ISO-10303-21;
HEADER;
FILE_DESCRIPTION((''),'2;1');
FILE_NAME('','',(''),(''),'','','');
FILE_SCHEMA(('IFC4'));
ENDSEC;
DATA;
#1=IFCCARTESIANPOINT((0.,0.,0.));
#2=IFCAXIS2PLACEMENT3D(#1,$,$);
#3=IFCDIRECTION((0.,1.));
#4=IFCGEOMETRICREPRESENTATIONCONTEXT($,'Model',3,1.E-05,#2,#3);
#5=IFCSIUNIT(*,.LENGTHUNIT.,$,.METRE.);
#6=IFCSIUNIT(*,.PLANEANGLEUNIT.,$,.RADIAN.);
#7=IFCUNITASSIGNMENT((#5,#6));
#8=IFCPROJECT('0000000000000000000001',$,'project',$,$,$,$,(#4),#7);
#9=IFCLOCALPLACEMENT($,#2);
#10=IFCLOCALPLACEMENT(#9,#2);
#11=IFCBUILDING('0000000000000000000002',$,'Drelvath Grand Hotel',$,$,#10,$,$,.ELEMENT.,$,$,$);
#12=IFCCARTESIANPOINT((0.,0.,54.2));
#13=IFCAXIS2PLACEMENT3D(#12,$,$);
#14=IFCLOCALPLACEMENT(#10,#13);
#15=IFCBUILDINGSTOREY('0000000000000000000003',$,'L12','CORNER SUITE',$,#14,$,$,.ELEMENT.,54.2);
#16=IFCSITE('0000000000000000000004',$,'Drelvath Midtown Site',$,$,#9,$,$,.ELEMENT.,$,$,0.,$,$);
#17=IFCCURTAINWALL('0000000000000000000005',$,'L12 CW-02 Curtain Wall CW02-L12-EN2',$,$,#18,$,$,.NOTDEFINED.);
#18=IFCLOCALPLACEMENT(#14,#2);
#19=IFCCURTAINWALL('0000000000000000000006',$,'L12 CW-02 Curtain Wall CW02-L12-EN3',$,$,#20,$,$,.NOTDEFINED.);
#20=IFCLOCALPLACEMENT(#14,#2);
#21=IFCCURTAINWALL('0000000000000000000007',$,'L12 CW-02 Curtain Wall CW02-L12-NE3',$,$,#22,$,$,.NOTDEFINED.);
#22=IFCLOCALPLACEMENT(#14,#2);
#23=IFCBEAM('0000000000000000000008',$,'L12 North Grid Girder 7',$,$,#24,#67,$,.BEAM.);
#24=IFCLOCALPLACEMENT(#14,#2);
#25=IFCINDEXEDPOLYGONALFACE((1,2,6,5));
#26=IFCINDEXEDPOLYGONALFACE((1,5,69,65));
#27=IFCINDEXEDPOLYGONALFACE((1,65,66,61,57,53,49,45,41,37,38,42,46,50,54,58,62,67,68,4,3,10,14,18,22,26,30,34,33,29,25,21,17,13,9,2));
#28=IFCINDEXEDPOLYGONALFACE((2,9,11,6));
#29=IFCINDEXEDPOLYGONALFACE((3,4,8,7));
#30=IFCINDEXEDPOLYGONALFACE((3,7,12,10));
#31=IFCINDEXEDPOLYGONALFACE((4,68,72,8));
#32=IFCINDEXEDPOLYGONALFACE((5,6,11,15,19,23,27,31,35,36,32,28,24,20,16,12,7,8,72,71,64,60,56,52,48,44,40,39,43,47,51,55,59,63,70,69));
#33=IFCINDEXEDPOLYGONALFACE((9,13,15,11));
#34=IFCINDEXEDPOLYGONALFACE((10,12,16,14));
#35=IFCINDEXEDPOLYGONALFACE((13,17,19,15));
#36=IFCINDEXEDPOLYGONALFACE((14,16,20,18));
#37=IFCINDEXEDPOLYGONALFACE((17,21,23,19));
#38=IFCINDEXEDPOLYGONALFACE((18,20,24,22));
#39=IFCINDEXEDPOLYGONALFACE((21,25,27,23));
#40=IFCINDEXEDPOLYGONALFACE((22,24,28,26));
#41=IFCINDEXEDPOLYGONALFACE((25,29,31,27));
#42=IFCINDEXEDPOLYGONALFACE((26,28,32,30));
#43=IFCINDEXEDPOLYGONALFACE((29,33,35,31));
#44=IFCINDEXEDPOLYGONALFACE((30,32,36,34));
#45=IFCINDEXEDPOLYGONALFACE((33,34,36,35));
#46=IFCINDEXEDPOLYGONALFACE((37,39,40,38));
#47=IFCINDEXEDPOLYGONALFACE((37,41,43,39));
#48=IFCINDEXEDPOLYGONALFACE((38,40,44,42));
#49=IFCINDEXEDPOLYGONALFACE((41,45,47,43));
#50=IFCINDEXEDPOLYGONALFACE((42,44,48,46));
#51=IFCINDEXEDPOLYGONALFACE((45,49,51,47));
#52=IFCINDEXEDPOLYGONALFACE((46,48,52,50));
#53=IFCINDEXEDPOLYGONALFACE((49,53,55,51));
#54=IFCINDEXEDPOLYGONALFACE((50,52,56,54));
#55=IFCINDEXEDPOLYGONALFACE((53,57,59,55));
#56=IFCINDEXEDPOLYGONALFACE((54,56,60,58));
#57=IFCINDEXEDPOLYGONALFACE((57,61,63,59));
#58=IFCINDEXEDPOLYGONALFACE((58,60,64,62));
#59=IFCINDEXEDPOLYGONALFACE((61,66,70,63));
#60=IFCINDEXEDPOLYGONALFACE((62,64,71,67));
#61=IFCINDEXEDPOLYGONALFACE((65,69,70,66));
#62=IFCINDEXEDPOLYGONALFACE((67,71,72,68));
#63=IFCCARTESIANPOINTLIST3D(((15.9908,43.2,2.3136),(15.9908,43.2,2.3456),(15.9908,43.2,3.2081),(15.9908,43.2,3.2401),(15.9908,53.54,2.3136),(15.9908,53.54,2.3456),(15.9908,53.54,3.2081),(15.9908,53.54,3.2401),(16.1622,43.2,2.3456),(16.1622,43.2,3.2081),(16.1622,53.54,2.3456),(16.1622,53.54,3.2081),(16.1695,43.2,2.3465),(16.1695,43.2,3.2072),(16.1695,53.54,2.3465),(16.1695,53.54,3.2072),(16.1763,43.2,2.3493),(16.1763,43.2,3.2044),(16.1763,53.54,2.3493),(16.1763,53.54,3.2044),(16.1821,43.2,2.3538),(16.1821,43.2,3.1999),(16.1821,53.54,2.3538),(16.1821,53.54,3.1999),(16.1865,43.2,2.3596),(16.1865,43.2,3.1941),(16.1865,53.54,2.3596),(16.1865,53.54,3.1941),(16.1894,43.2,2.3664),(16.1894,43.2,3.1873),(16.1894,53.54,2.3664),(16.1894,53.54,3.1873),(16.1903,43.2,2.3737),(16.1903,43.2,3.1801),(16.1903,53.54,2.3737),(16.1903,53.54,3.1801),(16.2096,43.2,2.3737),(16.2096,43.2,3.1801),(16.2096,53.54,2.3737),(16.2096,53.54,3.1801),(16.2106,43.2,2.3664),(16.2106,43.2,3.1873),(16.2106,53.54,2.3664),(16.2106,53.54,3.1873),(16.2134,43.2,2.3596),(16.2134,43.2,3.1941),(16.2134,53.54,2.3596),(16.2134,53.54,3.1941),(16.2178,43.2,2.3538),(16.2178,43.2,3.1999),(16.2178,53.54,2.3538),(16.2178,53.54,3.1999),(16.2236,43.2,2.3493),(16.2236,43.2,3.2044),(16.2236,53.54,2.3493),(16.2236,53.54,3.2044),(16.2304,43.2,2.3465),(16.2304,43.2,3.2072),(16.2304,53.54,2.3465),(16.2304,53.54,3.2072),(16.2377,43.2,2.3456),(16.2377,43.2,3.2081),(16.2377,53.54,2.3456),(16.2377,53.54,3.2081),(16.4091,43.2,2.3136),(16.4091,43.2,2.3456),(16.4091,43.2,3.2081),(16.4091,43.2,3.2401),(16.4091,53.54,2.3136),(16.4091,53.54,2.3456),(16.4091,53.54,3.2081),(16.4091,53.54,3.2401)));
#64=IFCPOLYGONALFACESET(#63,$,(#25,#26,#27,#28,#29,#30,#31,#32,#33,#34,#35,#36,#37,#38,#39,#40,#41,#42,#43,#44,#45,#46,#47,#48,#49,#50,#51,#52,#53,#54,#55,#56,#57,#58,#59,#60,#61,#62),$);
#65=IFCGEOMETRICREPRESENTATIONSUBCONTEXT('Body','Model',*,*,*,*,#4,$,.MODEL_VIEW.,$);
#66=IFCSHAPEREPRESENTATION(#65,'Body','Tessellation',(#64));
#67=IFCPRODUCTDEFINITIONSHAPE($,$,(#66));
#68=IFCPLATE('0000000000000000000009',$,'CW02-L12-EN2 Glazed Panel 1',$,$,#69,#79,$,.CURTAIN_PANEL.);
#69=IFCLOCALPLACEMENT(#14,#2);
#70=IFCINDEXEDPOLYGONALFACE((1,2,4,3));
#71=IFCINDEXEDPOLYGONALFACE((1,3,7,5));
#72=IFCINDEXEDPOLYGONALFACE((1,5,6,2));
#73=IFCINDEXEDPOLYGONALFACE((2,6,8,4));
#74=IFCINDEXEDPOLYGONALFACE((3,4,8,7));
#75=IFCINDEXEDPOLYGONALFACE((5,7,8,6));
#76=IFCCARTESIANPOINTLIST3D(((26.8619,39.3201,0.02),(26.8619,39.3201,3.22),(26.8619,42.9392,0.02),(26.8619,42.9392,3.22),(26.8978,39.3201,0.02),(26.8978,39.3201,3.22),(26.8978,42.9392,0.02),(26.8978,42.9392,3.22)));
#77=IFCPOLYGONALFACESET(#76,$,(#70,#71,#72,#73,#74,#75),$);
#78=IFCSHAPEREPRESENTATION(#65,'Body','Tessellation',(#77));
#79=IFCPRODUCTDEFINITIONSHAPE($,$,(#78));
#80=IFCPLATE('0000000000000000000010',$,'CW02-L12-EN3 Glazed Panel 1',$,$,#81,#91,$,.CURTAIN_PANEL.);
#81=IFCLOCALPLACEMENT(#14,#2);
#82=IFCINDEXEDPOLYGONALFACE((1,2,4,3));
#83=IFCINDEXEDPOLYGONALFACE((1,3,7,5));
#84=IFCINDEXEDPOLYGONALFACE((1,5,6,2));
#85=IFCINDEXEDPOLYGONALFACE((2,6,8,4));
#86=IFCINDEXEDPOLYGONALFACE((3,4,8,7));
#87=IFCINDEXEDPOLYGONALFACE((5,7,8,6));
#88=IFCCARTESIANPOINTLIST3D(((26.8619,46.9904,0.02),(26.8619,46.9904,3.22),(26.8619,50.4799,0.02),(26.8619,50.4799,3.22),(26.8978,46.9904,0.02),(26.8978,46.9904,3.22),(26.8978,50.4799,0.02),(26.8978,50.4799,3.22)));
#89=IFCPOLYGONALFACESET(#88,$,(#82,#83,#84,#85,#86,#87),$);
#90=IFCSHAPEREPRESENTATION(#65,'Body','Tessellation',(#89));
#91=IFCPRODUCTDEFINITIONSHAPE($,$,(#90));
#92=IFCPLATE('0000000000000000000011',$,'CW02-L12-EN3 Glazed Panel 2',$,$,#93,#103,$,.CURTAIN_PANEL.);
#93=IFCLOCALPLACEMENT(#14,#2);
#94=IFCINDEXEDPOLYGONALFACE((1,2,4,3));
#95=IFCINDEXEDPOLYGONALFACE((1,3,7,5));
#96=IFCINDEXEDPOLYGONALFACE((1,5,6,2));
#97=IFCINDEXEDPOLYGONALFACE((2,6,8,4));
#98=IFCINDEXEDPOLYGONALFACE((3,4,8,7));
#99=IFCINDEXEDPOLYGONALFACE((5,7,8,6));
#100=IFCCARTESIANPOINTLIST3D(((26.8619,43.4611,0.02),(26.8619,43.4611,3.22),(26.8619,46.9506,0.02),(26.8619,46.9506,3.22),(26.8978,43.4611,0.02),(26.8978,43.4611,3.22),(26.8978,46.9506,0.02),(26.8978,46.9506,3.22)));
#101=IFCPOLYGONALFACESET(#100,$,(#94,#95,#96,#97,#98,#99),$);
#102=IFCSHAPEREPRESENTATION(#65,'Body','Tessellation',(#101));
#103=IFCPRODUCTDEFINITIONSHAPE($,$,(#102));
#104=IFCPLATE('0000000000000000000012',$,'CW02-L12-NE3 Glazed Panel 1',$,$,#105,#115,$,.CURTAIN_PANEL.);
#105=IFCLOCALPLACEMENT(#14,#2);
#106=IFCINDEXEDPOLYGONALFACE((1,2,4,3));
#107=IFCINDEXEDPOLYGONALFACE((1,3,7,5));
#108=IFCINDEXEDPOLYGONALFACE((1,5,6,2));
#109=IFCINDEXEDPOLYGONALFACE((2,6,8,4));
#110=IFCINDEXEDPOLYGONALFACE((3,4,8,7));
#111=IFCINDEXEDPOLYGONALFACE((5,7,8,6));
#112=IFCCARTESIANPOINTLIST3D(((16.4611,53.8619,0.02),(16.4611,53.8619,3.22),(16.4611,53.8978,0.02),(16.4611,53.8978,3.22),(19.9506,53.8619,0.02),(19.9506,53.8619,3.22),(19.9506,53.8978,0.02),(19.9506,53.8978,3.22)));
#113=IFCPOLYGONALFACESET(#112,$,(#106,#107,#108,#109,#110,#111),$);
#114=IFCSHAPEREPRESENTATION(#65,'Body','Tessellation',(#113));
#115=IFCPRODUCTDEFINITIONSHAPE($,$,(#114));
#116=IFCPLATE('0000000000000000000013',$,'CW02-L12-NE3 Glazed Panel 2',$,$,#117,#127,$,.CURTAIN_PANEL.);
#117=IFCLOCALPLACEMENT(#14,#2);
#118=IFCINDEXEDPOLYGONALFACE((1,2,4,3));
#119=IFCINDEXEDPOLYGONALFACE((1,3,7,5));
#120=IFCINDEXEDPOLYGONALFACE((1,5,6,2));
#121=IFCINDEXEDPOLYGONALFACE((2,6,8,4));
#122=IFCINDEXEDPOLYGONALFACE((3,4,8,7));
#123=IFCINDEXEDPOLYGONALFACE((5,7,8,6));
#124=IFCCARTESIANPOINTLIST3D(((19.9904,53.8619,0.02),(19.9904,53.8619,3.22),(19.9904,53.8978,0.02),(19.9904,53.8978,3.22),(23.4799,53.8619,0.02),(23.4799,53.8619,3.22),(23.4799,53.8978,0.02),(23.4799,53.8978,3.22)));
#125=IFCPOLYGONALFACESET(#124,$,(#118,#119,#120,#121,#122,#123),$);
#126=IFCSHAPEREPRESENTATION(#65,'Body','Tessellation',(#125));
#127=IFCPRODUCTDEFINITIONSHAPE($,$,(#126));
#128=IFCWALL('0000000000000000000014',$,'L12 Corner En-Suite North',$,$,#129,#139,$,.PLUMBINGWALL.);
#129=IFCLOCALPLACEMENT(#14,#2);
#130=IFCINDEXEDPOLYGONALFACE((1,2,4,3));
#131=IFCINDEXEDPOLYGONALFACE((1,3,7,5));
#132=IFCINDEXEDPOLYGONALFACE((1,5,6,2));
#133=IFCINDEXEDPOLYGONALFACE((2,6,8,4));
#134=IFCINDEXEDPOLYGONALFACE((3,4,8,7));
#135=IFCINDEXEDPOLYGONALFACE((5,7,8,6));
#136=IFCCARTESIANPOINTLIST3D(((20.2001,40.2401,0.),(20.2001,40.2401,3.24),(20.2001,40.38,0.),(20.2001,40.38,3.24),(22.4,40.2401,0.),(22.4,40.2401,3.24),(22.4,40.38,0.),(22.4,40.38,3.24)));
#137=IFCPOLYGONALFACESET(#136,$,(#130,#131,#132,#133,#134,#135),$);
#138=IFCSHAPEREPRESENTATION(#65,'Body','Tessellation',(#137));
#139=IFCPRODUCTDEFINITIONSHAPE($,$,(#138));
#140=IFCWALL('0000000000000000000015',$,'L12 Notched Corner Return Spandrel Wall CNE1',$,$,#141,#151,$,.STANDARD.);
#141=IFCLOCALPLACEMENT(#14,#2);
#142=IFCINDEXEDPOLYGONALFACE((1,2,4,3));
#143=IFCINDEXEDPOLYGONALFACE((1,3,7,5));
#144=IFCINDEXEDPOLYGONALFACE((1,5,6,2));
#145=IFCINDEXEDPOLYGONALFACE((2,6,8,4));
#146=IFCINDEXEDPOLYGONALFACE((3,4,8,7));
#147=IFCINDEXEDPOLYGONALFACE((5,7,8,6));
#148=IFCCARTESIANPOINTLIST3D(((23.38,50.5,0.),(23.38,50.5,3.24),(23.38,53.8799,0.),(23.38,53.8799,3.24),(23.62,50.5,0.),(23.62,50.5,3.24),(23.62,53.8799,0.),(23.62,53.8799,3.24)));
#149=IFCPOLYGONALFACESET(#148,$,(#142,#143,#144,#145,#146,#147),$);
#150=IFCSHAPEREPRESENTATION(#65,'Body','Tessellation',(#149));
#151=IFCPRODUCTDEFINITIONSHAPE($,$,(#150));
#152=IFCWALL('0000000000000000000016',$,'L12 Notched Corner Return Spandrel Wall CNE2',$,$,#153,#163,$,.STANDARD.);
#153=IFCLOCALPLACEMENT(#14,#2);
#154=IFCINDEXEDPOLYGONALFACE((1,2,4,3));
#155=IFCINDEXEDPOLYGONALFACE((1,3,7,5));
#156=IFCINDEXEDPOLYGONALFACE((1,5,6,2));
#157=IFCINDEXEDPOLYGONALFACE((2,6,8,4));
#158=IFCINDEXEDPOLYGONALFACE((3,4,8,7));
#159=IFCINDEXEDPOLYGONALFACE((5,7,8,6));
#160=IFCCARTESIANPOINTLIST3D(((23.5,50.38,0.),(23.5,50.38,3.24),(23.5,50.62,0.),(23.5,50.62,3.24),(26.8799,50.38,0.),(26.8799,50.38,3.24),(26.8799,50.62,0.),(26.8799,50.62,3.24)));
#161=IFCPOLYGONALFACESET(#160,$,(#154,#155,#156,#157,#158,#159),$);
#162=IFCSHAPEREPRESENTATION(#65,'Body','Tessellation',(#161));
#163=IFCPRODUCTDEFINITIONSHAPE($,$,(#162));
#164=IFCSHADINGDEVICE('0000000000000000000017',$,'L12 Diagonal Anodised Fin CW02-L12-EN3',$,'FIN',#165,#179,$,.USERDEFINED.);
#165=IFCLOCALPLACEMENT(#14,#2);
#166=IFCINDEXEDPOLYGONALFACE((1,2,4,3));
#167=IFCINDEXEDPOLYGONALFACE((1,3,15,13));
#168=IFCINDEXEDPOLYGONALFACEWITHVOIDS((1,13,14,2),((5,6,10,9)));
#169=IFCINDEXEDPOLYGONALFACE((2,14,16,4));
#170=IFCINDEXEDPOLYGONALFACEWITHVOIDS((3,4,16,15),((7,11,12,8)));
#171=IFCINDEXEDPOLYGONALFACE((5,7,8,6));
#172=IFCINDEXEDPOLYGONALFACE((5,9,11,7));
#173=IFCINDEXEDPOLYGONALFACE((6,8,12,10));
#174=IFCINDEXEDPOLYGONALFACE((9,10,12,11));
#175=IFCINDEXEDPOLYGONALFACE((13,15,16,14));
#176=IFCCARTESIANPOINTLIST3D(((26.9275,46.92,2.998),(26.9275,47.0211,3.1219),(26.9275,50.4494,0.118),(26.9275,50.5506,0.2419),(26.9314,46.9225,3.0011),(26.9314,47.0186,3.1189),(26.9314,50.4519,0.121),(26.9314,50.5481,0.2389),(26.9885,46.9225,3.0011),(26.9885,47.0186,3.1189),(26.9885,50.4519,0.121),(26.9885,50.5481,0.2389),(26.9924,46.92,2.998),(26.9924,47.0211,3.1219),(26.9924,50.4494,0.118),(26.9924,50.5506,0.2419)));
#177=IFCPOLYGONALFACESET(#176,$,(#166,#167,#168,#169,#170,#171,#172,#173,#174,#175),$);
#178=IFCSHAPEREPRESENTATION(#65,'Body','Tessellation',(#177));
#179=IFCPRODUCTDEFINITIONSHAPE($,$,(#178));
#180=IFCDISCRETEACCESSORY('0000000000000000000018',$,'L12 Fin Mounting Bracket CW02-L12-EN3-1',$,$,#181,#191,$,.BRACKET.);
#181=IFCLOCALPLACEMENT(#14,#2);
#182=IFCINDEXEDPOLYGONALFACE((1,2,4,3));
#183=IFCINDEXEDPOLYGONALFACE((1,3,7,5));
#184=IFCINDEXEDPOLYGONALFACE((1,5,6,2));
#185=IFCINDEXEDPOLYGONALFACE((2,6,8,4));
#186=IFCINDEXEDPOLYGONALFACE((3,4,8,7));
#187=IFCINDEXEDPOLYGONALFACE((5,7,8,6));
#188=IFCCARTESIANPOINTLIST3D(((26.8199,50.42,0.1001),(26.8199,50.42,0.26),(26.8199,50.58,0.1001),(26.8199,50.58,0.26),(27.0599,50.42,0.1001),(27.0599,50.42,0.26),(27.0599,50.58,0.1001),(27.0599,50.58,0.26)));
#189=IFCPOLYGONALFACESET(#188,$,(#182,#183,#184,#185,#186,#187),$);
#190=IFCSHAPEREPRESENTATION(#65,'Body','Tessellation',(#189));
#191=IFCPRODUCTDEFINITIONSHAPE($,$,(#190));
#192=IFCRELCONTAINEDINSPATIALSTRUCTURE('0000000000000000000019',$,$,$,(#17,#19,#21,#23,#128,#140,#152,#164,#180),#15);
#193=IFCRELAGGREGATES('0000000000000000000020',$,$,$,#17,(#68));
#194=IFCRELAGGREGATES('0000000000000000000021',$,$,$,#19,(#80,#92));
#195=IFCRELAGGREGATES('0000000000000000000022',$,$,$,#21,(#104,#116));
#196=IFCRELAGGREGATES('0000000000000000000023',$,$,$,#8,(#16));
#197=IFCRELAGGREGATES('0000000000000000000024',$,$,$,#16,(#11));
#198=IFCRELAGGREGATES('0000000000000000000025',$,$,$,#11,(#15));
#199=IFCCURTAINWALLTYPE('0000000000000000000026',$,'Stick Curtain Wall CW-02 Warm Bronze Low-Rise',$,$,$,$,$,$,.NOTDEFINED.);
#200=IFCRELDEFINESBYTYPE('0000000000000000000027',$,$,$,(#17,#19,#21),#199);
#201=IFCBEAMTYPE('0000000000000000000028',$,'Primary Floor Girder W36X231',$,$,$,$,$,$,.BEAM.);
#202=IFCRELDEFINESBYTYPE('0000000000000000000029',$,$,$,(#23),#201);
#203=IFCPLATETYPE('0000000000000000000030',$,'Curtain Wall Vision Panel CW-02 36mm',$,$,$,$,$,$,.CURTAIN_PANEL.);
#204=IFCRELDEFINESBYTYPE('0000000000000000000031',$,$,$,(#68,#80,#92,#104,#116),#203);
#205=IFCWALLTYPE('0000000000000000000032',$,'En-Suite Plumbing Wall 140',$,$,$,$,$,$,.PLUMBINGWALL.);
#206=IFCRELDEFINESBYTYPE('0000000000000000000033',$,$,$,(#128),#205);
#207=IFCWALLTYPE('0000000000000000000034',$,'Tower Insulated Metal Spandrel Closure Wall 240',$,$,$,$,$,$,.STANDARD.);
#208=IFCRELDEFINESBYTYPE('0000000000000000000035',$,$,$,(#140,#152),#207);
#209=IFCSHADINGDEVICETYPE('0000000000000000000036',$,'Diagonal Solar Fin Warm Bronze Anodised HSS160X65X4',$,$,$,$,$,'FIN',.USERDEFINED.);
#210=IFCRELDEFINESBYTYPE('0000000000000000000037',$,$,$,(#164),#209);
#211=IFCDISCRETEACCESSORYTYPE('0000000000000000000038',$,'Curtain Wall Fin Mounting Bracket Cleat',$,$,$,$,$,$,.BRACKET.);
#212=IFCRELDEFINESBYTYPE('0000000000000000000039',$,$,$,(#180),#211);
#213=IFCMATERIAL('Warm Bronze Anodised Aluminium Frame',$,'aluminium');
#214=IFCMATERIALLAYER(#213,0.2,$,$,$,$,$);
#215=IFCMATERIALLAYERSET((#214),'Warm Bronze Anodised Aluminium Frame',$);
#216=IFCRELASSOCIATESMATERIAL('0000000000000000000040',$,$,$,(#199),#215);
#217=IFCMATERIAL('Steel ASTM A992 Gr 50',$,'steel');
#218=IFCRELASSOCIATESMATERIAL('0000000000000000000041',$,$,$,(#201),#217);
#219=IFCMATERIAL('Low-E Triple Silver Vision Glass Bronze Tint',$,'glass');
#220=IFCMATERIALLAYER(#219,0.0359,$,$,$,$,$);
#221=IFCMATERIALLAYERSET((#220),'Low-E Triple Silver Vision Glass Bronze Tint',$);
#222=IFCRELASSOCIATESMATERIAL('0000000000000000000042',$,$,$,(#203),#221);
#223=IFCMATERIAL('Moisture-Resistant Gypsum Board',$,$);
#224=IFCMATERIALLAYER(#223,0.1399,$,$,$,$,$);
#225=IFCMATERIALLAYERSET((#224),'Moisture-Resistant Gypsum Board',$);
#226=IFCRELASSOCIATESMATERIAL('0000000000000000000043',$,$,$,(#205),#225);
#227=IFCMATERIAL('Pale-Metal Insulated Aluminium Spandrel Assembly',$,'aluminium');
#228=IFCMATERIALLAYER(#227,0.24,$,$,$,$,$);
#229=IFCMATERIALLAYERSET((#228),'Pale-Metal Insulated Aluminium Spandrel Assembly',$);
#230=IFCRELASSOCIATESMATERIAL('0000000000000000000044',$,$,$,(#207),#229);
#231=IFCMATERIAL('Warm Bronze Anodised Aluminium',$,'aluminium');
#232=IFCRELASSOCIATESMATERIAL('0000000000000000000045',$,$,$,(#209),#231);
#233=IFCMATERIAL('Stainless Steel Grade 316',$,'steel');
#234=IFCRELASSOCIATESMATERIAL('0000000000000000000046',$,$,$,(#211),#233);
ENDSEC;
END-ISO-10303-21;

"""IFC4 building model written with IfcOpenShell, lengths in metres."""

from ifc_helpers import new_model, si_unit, direction, frame, frame_2d, origin, origin_2d, place, context, subcontext, project, spatial, rectangle, hollow_rectangle, i_section, extrude, material, layer, layer_set, material_profile, profile_set, type_object, element, aggregate, save


model = new_model("IFC4")

# Units and contexts
model_context = context("Model", 3, precision=1e-05, world=origin(), true_north=direction((0.0, 1.0)))
body_context = subcontext(model_context, "Body", "Model", "MODEL_VIEW")
ifc_project = project(units=[si_unit("LENGTHUNIT", "METRE"), si_unit("PLANEANGLEUNIT", "RADIAN")], contexts=[model_context])

# Site, building, storey
site_placement = place(None, origin())
site = spatial("IfcSite", under=ifc_project, at=site_placement, Name="Drelvath Midtown Site", CompositionType="ELEMENT", RefElevation=0.0)
building_placement = place(site_placement, origin())
building = spatial("IfcBuilding", under=site, at=building_placement, Name="Drelvath Grand Hotel", CompositionType="ELEMENT")
storey_placement = place(building_placement, frame((0.0, 0.0, 54.2)))
storey = spatial("IfcBuildingStorey", under=building, at=storey_placement, Name="L12", Description="CORNER SUITE", CompositionType="ELEMENT", Elevation=54.2)

# Curtain walls
ifc_material_1 = material(Name="Warm Bronze Anodised Aluminium Frame", Category="aluminium")
ifc_layer_1 = layer(ifc_material_1, 0.2)
ifc_layer_set_1 = layer_set([ifc_layer_1], Name="Warm Bronze Anodised Aluminium Frame")
curtain_wall_type = type_object("IfcCurtainWallType", Name="Stick Curtain Wall CW-02 Warm Bronze Low-Rise", PredefinedType="NOTDEFINED", material=ifc_layer_set_1)
curtain_wall_1_placement = place(storey_placement, origin())
curtain_wall_1 = element("IfcCurtainWall", 1, at=curtain_wall_1_placement, inside=storey, type_object=curtain_wall_type, Name="L12 CW-02 Curtain Wall CW02-L12-EN2", PredefinedType="NOTDEFINED")
curtain_wall_2_placement = place(storey_placement, origin())
curtain_wall_2 = element("IfcCurtainWall", 2, at=curtain_wall_2_placement, inside=storey, type_object=curtain_wall_type, Name="L12 CW-02 Curtain Wall CW02-L12-EN3", PredefinedType="NOTDEFINED")
curtain_wall_3_placement = place(storey_placement, origin())
curtain_wall_3 = element("IfcCurtainWall", 3, at=curtain_wall_3_placement, inside=storey, type_object=curtain_wall_type, Name="L12 CW-02 Curtain Wall CW02-L12-NE3", PredefinedType="NOTDEFINED")

# Beam
ifc_material_2 = material(Name="Steel ASTM A992 Gr 50", Category="steel")
ifc_material_profile_1 = material_profile(ifc_material_2, i_section(OverallWidth=0.4182, OverallDepth=0.9265, WebThickness=0.0193, FlangeThickness=0.032, FilletRadius=0.0281, at=origin_2d()), Name="W36X231")
ifc_profile_set_1 = profile_set([ifc_material_profile_1], Name="Steel ASTM A992 Gr 50")
beam_type = type_object("IfcBeamType", Name="Primary Floor Girder W36X231", PredefinedType="BEAM", material=ifc_profile_set_1)
for number, where, z_axis, x_axis, name in (
    (4, (16.2, 43.2, 2.7769), (0.0, 1.0, 0.0), (-1.0, 0.0, 0.0), "L12 North Grid Girder 7"),
):
    element("IfcBeam", number, at=place(storey_placement, frame(where, z_axis=z_axis, x_axis=x_axis)), inside=storey, type_object=beam_type, Name=name, PredefinedType="BEAM", context=body_context, shape_type="SweptSolid", body=[
        extrude(i_section(OverallWidth=0.4182, OverallDepth=0.9265, WebThickness=0.0193, FlangeThickness=0.032, FilletRadius=0.0281, at=origin_2d()), origin(), (0.0, 0.0, 1.0), 10.3401),
    ])

# Plates
ifc_material_3 = material(Name="Low-E Triple Silver Vision Glass Bronze Tint", Category="glass")
ifc_layer_2 = layer(ifc_material_3, 0.0359)
ifc_layer_set_2 = layer_set([ifc_layer_2], Name="Low-E Triple Silver Vision Glass Bronze Tint")
plate_type = type_object("IfcPlateType", Name="Curtain Wall Vision Panel CW-02 36mm", PredefinedType="CURTAIN_PANEL", material=ifc_layer_set_2)
plate_1_placement = place(storey_placement, frame((26.8799, 41.1296, 0.02), z_axis=(0.0, 0.0, 1.0), x_axis=(0.0, -1.0, 0.0)))
plate_1 = element("IfcPlate", 5, at=plate_1_placement, type_object=plate_type, Name="CW02-L12-EN2 Glazed Panel 1", PredefinedType="CURTAIN_PANEL", context=body_context, shape_type="SweptSolid", body=[
    extrude(rectangle(XDim=3.6191, YDim=0.0359, at=origin_2d()), origin(), (0.0, 0.0, 1.0), 3.2),
])
aggregate(curtain_wall_1, [plate_1])
plate_2_placement = place(storey_placement, frame((26.8799, 48.7351, 0.02), z_axis=(0.0, 0.0, 1.0), x_axis=(0.0, -1.0, 0.0)))
plate_2 = element("IfcPlate", 6, at=plate_2_placement, type_object=plate_type, Name="CW02-L12-EN3 Glazed Panel 1", PredefinedType="CURTAIN_PANEL", context=body_context, shape_type="SweptSolid", body=[
    extrude(rectangle(XDim=3.4895, YDim=0.0359, at=origin_2d()), origin(), (0.0, 0.0, 1.0), 3.2),
])
plate_3_placement = place(storey_placement, frame((26.8799, 45.2058, 0.02), z_axis=(0.0, 0.0, 1.0), x_axis=(0.0, -1.0, 0.0)))
plate_3 = element("IfcPlate", 7, at=plate_3_placement, type_object=plate_type, Name="CW02-L12-EN3 Glazed Panel 2", PredefinedType="CURTAIN_PANEL", context=body_context, shape_type="SweptSolid", body=[
    extrude(rectangle(XDim=3.4895, YDim=0.0359, at=origin_2d()), origin(), (0.0, 0.0, 1.0), 3.2),
])
aggregate(curtain_wall_2, [plate_2, plate_3])
plate_4_placement = place(storey_placement, frame((18.2058, 53.8799, 0.02), z_axis=(0.0, 0.0, 1.0), x_axis=(1.0, 0.0, 0.0)))
plate_4 = element("IfcPlate", 8, at=plate_4_placement, type_object=plate_type, Name="CW02-L12-NE3 Glazed Panel 1", PredefinedType="CURTAIN_PANEL", context=body_context, shape_type="SweptSolid", body=[
    extrude(rectangle(XDim=3.4895, YDim=0.0359, at=origin_2d()), origin(), (0.0, 0.0, 1.0), 3.2),
])
plate_5_placement = place(storey_placement, frame((21.7351, 53.8799, 0.02), z_axis=(0.0, 0.0, 1.0), x_axis=(1.0, 0.0, 0.0)))
plate_5 = element("IfcPlate", 9, at=plate_5_placement, type_object=plate_type, Name="CW02-L12-NE3 Glazed Panel 2", PredefinedType="CURTAIN_PANEL", context=body_context, shape_type="SweptSolid", body=[
    extrude(rectangle(XDim=3.4895, YDim=0.0359, at=origin_2d()), origin(), (0.0, 0.0, 1.0), 3.2),
])
aggregate(curtain_wall_3, [plate_4, plate_5])

# Walls
ifc_material_4 = material(Name="Moisture-Resistant Gypsum Board")
ifc_layer_3 = layer(ifc_material_4, 0.1399)
ifc_layer_set_3 = layer_set([ifc_layer_3], Name="Moisture-Resistant Gypsum Board")
wall_type_1 = type_object("IfcWallType", Name="En-Suite Plumbing Wall 140", PredefinedType="PLUMBINGWALL", material=ifc_layer_set_3)
wall_placement = place(storey_placement, frame((20.2, 40.3101, 0.0), z_axis=(0.0, 0.0, 1.0), x_axis=(1.0, 0.0, 0.0)))
element("IfcWall", 10, at=wall_placement, inside=storey, type_object=wall_type_1, Name="L12 Corner En-Suite North", PredefinedType="PLUMBINGWALL", context=body_context, shape_type="SweptSolid", body=[
    extrude(rectangle(XDim=2.2, YDim=0.1399, at=frame_2d((1.1001, 0.0))), origin(), (0.0, 0.0, 1.0), 3.24),
])
ifc_material_5 = material(Name="Pale-Metal Insulated Aluminium Spandrel Assembly", Category="aluminium")
ifc_layer_4 = layer(ifc_material_5, 0.24)
ifc_layer_set_4 = layer_set([ifc_layer_4], Name="Pale-Metal Insulated Aluminium Spandrel Assembly")
wall_type_2 = type_object("IfcWallType", Name="Tower Insulated Metal Spandrel Closure Wall 240", PredefinedType="STANDARD", material=ifc_layer_set_4)
for number, where, z_axis, x_axis, name in (
    (11, (23.5, 53.8799, 0.0), (0.0, 0.0, 1.0), (0.0, -1.0, 0.0), "L12 Notched Corner Return Spandrel Wall CNE1"),
    (12, (23.5, 50.5, 0.0), (0.0, 0.0, 1.0), (1.0, 0.0, 0.0), "L12 Notched Corner Return Spandrel Wall CNE2"),
):
    element("IfcWall", number, at=place(storey_placement, frame(where, z_axis=z_axis, x_axis=x_axis)), inside=storey, type_object=wall_type_2, Name=name, PredefinedType="STANDARD", context=body_context, shape_type="SweptSolid", body=[
        extrude(rectangle(XDim=3.3799, YDim=0.24, at=frame_2d((1.6899, 0.0))), origin(), (0.0, 0.0, 1.0), 3.24),
    ])

# Shading device
ifc_material_6 = material(Name="Warm Bronze Anodised Aluminium", Category="aluminium")
ifc_material_profile_2 = material_profile(ifc_material_6, hollow_rectangle(XDim=0.0649, YDim=0.1599, WallThickness=0.0039, at=origin_2d()), Name="HSS160X65X4")
ifc_profile_set_2 = profile_set([ifc_material_profile_2], Name="Warm Bronze Anodised Aluminium")
shading_device_type = type_object("IfcShadingDeviceType", Name="Diagonal Solar Fin Warm Bronze Anodised HSS160X65X4", ElementType="FIN", PredefinedType="USERDEFINED", material=ifc_profile_set_2)
shading_device_placement = place(storey_placement, frame((26.96, 50.5, 0.1799), z_axis=(0.0, -0.774783, 0.632227), x_axis=(1.0, 0.0, 0.0)))
element("IfcShadingDevice", 13, at=shading_device_placement, inside=storey, type_object=shading_device_type, Name="L12 Diagonal Anodised Fin CW02-L12-EN3", ObjectType="FIN", PredefinedType="USERDEFINED", context=body_context, shape_type="SweptSolid", body=[
    extrude(hollow_rectangle(XDim=0.0649, YDim=0.1599, WallThickness=0.0039, at=origin_2d()), origin(), (0.0, 0.0, 1.0), 4.5554),
])

# Discrete accessory
ifc_material_7 = material(Name="Stainless Steel Grade 316", Category="steel")
discrete_accessory_type = type_object("IfcDiscreteAccessoryType", Name="Curtain Wall Fin Mounting Bracket Cleat", PredefinedType="BRACKET", material=ifc_material_7)
discrete_accessory_placement = place(storey_placement, frame((26.9399, 50.5, 0.1001), z_axis=(0.0, 0.0, 1.0), x_axis=(0.0, -1.0, 0.0)))
element("IfcDiscreteAccessory", 14, at=discrete_accessory_placement, inside=storey, type_object=discrete_accessory_type, Name="L12 Fin Mounting Bracket CW02-L12-EN3-1", PredefinedType="BRACKET", context=body_context, shape_type="SweptSolid", body=[
    extrude(rectangle(XDim=0.1599, YDim=0.24, at=origin_2d()), origin(), (0.0, 0.0, 1.0), 0.1599),
])

save(model, "model.ifc")
